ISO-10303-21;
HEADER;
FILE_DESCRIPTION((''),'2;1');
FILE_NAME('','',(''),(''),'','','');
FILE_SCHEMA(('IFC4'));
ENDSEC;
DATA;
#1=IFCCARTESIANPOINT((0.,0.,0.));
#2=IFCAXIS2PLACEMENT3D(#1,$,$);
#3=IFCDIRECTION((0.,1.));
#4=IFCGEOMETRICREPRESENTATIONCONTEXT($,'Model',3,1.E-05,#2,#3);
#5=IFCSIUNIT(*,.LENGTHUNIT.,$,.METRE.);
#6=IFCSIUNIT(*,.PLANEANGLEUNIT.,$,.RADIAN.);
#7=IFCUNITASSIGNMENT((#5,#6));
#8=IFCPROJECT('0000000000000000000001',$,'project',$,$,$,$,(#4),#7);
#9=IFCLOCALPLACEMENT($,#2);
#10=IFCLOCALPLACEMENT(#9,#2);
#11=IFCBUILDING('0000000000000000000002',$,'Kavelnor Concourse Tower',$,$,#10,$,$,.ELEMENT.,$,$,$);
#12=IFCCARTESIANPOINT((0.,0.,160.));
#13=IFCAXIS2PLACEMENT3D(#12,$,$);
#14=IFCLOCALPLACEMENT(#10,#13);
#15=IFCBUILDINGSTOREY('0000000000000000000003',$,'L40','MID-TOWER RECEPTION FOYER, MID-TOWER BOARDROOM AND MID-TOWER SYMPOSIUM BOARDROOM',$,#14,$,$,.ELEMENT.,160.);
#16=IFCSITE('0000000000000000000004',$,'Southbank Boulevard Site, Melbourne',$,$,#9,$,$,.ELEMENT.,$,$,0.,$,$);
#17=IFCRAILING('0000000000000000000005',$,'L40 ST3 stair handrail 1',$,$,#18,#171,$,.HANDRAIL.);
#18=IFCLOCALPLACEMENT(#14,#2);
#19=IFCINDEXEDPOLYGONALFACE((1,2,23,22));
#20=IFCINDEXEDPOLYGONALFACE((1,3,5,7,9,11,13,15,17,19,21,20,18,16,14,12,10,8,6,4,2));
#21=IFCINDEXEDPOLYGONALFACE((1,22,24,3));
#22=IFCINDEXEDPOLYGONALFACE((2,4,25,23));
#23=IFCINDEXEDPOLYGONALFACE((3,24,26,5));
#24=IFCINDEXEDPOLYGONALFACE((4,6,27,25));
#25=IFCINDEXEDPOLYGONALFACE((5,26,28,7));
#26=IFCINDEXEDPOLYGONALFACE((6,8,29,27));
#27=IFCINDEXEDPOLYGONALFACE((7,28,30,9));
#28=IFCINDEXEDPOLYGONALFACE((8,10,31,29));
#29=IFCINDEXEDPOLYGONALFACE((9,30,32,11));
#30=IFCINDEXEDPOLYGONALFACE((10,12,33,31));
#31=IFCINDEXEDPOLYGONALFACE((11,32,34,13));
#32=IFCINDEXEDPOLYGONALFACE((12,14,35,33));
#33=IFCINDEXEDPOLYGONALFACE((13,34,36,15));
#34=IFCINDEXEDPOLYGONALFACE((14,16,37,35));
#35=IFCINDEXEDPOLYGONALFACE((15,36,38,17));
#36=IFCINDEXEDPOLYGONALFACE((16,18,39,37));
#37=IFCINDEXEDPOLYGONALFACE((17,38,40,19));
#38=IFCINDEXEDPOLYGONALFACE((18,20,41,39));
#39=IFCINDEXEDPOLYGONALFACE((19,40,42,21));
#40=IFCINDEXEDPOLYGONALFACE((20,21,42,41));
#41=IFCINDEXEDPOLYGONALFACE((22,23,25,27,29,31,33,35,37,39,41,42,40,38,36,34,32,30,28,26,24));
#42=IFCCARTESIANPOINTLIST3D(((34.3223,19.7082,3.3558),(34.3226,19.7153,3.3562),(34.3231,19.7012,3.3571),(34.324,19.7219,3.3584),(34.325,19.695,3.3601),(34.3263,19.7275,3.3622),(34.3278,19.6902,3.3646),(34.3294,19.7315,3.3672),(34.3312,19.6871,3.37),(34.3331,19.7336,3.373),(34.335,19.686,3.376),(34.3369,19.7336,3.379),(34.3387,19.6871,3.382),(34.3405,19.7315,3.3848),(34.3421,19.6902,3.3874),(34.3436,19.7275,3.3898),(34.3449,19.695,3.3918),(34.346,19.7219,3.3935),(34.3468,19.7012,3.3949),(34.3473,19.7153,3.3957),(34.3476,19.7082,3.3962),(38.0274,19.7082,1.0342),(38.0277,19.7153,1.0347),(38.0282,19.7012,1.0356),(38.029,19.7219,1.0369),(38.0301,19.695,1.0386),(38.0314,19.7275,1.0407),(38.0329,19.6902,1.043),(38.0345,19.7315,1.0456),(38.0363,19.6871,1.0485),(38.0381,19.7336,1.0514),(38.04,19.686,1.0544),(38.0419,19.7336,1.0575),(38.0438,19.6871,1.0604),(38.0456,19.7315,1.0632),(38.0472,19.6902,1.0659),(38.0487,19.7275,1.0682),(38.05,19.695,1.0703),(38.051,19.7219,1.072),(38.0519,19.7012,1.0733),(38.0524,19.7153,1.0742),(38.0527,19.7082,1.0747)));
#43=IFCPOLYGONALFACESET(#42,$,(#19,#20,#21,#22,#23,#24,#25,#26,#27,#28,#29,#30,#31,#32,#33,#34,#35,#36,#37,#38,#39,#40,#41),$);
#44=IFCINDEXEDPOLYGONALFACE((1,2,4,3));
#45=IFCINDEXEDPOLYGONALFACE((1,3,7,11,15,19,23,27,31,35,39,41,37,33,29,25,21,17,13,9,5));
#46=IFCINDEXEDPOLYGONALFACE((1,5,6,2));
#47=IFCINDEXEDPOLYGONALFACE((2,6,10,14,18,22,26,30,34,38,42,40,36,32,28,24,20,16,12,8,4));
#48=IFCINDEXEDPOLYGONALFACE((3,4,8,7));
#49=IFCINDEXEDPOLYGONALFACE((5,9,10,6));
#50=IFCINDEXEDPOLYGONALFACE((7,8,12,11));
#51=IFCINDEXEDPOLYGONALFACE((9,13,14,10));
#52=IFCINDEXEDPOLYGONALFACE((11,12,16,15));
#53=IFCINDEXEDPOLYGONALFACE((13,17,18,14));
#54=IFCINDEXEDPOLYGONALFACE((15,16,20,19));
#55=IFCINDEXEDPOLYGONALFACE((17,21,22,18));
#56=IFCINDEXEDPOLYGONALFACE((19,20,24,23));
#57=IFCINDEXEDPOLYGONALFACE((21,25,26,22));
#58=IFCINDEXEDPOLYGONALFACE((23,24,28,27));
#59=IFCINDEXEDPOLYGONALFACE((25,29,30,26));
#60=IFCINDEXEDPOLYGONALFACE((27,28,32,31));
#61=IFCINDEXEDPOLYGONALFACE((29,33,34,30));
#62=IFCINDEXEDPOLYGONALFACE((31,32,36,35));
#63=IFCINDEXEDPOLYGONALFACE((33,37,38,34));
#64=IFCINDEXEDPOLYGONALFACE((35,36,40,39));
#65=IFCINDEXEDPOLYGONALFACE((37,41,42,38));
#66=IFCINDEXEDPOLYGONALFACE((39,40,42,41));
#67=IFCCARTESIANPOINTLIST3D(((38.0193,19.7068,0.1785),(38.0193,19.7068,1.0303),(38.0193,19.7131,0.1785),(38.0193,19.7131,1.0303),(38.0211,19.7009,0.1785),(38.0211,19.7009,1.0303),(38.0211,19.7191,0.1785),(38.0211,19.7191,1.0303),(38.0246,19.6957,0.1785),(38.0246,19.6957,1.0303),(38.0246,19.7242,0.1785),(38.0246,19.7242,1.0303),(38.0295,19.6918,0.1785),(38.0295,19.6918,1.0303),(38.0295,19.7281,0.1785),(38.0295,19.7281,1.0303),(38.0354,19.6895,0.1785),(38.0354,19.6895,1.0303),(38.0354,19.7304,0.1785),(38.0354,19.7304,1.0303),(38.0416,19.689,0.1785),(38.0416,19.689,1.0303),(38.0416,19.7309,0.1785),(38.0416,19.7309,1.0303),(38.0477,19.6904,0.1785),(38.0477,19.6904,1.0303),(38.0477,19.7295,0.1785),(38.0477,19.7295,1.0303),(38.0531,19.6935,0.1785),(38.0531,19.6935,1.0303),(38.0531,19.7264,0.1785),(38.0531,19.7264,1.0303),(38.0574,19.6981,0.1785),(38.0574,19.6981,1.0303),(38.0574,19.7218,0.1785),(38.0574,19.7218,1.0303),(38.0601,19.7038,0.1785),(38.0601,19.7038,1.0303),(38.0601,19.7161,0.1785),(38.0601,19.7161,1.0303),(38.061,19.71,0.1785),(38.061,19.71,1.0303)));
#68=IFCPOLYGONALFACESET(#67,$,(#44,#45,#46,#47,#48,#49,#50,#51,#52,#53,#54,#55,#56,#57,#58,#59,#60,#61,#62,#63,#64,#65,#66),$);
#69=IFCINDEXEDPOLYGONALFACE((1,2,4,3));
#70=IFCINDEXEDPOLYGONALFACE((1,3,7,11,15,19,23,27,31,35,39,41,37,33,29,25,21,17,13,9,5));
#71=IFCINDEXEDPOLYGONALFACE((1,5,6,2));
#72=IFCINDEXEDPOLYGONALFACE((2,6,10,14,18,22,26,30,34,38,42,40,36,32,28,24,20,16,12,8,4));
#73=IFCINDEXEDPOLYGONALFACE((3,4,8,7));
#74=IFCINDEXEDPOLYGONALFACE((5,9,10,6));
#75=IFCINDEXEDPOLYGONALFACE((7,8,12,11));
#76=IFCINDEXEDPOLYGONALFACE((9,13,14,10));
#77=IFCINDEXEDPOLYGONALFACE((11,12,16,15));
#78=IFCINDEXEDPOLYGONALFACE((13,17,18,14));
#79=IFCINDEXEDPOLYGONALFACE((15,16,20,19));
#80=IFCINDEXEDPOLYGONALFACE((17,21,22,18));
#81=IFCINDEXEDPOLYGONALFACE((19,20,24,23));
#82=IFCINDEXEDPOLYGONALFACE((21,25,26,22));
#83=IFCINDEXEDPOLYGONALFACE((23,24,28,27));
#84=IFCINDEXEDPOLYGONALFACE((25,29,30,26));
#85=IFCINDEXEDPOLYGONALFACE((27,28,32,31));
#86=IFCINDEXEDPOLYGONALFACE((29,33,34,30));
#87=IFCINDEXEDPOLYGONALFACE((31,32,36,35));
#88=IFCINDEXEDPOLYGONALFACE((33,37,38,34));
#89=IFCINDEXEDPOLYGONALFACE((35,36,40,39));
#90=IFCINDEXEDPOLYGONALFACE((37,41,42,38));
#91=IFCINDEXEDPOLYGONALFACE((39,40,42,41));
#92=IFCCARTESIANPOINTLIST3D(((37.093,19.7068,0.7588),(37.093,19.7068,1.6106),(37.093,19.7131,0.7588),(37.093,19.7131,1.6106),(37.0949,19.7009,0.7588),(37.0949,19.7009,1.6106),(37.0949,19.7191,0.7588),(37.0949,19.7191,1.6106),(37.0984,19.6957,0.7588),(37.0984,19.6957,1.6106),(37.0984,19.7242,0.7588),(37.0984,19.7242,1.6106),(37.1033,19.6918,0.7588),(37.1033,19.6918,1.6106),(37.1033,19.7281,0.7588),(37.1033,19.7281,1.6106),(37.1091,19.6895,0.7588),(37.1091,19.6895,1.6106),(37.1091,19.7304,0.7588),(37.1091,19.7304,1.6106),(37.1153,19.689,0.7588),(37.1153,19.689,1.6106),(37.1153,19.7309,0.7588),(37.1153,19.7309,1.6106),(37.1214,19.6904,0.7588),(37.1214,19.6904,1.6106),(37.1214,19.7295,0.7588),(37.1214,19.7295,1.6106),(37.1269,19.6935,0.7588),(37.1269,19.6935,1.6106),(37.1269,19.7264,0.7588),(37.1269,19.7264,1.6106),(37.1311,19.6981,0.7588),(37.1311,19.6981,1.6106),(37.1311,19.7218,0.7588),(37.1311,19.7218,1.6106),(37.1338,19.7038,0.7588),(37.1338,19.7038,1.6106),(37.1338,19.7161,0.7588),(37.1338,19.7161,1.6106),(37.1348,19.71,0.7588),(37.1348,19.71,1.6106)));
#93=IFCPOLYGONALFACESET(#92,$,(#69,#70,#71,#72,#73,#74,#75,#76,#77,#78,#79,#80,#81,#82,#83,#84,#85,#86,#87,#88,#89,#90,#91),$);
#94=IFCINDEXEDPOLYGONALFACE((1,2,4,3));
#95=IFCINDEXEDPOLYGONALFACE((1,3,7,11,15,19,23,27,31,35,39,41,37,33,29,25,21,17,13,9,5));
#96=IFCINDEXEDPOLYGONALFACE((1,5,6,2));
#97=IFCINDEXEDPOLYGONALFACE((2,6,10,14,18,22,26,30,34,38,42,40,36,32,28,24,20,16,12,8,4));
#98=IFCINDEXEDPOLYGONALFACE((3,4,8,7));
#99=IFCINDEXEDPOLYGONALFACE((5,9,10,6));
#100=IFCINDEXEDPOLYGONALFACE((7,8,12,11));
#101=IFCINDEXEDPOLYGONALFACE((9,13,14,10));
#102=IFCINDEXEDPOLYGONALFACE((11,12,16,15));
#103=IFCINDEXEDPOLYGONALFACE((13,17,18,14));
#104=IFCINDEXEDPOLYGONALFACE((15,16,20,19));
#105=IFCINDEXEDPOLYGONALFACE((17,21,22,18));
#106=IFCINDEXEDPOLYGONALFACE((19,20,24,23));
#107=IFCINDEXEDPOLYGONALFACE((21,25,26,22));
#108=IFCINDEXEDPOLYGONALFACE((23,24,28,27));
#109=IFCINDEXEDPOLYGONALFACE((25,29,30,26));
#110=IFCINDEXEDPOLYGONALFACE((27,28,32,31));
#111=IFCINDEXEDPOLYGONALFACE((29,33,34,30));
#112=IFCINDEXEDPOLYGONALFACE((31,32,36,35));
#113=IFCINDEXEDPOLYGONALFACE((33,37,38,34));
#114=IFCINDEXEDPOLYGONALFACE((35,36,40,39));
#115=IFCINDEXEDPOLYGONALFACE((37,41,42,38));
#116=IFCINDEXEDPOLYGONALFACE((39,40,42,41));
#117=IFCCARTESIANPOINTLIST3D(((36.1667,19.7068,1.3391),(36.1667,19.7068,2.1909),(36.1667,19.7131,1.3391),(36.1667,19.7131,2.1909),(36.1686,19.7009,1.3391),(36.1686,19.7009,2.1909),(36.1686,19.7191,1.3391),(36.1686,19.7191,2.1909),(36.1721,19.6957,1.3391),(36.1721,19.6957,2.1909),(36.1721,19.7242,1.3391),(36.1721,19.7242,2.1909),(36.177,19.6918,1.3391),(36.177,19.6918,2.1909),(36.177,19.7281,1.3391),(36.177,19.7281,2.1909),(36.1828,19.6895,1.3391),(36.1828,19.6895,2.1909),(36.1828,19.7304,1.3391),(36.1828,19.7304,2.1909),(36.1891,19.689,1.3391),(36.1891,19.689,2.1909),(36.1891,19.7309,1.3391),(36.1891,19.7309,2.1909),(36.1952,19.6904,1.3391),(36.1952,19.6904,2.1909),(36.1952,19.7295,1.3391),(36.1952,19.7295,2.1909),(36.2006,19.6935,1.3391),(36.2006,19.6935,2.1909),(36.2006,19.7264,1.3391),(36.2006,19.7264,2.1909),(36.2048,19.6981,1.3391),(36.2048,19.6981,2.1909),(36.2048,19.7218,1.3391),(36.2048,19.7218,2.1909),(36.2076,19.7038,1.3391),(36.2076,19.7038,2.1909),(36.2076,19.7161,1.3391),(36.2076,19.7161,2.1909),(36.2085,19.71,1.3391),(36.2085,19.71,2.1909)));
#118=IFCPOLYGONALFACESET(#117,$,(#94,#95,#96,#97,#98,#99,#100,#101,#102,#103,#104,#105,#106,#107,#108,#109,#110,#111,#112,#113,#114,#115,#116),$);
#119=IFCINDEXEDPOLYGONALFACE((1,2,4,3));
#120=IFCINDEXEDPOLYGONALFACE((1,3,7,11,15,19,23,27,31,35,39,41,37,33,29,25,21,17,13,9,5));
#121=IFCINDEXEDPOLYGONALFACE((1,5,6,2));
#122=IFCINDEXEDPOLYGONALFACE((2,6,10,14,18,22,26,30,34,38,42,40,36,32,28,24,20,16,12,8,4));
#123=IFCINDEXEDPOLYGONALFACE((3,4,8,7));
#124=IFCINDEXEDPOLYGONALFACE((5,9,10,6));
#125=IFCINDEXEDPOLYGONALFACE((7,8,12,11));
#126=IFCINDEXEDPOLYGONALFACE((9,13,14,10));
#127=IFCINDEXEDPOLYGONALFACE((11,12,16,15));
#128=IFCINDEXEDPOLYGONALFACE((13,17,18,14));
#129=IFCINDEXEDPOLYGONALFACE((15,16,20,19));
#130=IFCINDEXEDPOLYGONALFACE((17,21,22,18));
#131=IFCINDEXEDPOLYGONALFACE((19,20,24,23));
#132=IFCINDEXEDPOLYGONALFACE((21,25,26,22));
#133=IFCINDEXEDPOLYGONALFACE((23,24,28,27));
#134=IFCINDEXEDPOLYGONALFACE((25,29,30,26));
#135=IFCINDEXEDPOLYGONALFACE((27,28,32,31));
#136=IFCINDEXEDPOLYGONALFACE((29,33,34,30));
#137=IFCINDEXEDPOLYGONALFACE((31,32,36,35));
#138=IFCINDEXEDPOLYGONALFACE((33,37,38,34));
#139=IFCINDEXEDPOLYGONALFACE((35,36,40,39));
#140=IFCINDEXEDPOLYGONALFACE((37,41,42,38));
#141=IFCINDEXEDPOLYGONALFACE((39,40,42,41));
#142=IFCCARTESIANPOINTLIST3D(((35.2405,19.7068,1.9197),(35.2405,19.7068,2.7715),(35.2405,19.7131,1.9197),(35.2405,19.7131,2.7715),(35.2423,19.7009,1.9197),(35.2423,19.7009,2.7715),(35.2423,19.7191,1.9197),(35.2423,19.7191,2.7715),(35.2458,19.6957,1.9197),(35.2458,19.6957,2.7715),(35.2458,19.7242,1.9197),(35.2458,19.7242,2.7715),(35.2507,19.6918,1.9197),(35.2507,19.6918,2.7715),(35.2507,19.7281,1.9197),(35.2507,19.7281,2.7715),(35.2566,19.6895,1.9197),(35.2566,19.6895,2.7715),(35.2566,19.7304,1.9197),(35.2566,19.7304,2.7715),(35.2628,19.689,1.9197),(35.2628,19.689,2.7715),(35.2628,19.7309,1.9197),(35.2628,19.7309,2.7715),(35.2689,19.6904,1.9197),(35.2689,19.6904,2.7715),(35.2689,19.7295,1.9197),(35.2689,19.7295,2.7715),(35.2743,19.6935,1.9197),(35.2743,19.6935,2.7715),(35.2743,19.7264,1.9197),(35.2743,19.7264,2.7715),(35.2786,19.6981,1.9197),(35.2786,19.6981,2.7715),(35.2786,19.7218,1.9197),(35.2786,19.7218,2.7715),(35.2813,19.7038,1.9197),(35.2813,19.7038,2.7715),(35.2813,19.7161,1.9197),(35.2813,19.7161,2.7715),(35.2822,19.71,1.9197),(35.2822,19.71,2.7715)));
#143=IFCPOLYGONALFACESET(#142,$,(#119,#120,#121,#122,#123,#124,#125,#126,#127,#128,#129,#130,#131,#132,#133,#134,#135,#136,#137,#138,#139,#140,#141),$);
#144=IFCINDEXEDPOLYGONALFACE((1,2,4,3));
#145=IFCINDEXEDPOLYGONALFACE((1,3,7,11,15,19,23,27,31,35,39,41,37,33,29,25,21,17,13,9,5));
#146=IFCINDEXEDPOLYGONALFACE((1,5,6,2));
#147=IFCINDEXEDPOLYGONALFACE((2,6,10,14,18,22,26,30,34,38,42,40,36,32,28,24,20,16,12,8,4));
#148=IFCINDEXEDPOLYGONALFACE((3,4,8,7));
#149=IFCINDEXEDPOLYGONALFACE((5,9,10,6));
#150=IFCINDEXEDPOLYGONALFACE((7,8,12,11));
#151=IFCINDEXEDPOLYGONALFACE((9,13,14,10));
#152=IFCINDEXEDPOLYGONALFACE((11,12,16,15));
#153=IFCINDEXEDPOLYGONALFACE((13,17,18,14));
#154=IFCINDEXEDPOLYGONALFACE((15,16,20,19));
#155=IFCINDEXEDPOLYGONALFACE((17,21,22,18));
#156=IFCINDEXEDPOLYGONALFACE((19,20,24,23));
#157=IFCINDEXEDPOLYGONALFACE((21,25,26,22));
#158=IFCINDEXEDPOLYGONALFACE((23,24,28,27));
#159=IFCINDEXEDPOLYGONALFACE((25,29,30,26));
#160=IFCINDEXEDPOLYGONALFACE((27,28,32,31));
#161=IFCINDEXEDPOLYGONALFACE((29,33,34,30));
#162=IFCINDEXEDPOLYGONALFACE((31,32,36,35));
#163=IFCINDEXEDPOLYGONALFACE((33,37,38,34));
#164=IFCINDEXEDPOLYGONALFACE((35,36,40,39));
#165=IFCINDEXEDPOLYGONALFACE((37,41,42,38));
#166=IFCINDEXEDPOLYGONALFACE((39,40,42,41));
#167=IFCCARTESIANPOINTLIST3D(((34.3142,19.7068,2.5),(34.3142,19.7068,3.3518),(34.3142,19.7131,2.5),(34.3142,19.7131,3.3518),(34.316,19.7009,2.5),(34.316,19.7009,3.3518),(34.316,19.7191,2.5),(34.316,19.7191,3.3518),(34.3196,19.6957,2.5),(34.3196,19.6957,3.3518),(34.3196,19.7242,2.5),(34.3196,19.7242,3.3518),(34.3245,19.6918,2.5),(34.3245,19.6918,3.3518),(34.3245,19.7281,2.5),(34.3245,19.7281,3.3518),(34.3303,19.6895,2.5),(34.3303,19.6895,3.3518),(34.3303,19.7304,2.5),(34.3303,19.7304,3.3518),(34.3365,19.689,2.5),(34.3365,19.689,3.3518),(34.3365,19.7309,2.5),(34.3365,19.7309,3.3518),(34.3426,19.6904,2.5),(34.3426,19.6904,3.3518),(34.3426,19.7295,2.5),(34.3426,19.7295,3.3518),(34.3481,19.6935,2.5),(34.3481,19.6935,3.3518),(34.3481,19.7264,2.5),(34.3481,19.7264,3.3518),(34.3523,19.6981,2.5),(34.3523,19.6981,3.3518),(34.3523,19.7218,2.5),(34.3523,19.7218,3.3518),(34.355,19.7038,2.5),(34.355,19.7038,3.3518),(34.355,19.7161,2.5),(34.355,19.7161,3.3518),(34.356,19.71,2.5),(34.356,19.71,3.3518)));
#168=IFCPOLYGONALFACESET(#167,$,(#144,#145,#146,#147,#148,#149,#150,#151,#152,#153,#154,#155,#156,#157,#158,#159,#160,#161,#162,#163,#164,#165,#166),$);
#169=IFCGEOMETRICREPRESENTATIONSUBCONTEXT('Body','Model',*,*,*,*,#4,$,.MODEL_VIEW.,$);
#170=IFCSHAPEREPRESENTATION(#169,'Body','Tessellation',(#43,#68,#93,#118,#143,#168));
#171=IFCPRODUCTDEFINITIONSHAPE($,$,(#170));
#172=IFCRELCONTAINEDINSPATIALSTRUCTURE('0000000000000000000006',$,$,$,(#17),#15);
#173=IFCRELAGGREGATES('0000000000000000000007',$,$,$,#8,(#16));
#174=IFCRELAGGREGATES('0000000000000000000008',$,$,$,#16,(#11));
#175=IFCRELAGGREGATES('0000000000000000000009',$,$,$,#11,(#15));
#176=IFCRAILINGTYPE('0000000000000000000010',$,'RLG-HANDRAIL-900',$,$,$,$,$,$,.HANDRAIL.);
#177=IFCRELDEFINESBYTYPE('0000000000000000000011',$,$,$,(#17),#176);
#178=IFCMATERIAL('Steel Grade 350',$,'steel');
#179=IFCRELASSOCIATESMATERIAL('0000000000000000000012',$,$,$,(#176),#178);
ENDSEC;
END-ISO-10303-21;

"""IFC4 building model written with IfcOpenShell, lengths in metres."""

from ifc_helpers import new_model, si_unit, direction, frame, origin, origin_2d, place, context, subcontext, project, spatial, circle, extrude, material, type_object, element, save


model = new_model("IFC4")

# Units and contexts
model_context = context("Model", 3, precision=1e-05, world=origin(), true_north=direction((0.0, 1.0)))
body_context = subcontext(model_context, "Body", "Model", "MODEL_VIEW")
ifc_project = project(units=[si_unit("LENGTHUNIT", "METRE"), si_unit("PLANEANGLEUNIT", "RADIAN")], contexts=[model_context])

# Site, building, storey
site_placement = place(None, origin())
site = spatial("IfcSite", under=ifc_project, at=site_placement, Name="Southbank Boulevard Site, Melbourne", CompositionType="ELEMENT", RefElevation=0.0)
building_placement = place(site_placement, origin())
building = spatial("IfcBuilding", under=site, at=building_placement, Name="Kavelnor Concourse Tower", CompositionType="ELEMENT")
storey_placement = place(building_placement, frame((0.0, 0.0, 160.0)))
storey = spatial("IfcBuildingStorey", under=building, at=storey_placement, Name="L40", Description="MID-TOWER RECEPTION FOYER, MID-TOWER BOARDROOM AND MID-TOWER SYMPOSIUM BOARDROOM", CompositionType="ELEMENT", Elevation=160.0)

# Shared definitions
ifc_material_1 = material(Name="Steel Grade 350", Category="steel")

# Railing
railing_type_1 = type_object("IfcRailingType", Name="RLG-HANDRAIL-900", PredefinedType="HANDRAIL", material=ifc_material_1)
railing_1_placement = place(storey_placement, frame((38.04, 19.71, 0.1785)))
element("IfcRailing", 1, at=railing_1_placement, inside=storey, type_object=railing_type_1, Name="L40 ST3 stair handrail 1", PredefinedType="HANDRAIL", context=body_context, shape_type="SweptSolid", body=[
    extrude(circle(Radius=0.0239, at=origin_2d()), frame((0.0, 0.0, 0.876), z_axis=(-0.847395, 0.0, 0.530962), x_axis=(0.0, -1.0, 0.0)), (0.0, 0.0, 1.0), 4.3723),
    extrude(circle(Radius=0.021, at=origin_2d()), origin(), (0.0, 0.0, 1.0), 0.8518),
    extrude(circle(Radius=0.021, at=origin_2d()), frame((-0.9263, 0.0, 0.5803)), (0.0, 0.0, 1.0), 0.8518),
    extrude(circle(Radius=0.021, at=origin_2d()), frame((-1.8525, 0.0, 1.1606)), (0.0, 0.0, 1.0), 0.8518),
    extrude(circle(Radius=0.021, at=origin_2d()), frame((-2.7788, 0.0, 1.7412)), (0.0, 0.0, 1.0), 0.8518),
    extrude(circle(Radius=0.021, at=origin_2d()), frame((-3.7051, 0.0, 2.3215)), (0.0, 0.0, 1.0), 0.8518),
])

save(model, "model.ifc")
